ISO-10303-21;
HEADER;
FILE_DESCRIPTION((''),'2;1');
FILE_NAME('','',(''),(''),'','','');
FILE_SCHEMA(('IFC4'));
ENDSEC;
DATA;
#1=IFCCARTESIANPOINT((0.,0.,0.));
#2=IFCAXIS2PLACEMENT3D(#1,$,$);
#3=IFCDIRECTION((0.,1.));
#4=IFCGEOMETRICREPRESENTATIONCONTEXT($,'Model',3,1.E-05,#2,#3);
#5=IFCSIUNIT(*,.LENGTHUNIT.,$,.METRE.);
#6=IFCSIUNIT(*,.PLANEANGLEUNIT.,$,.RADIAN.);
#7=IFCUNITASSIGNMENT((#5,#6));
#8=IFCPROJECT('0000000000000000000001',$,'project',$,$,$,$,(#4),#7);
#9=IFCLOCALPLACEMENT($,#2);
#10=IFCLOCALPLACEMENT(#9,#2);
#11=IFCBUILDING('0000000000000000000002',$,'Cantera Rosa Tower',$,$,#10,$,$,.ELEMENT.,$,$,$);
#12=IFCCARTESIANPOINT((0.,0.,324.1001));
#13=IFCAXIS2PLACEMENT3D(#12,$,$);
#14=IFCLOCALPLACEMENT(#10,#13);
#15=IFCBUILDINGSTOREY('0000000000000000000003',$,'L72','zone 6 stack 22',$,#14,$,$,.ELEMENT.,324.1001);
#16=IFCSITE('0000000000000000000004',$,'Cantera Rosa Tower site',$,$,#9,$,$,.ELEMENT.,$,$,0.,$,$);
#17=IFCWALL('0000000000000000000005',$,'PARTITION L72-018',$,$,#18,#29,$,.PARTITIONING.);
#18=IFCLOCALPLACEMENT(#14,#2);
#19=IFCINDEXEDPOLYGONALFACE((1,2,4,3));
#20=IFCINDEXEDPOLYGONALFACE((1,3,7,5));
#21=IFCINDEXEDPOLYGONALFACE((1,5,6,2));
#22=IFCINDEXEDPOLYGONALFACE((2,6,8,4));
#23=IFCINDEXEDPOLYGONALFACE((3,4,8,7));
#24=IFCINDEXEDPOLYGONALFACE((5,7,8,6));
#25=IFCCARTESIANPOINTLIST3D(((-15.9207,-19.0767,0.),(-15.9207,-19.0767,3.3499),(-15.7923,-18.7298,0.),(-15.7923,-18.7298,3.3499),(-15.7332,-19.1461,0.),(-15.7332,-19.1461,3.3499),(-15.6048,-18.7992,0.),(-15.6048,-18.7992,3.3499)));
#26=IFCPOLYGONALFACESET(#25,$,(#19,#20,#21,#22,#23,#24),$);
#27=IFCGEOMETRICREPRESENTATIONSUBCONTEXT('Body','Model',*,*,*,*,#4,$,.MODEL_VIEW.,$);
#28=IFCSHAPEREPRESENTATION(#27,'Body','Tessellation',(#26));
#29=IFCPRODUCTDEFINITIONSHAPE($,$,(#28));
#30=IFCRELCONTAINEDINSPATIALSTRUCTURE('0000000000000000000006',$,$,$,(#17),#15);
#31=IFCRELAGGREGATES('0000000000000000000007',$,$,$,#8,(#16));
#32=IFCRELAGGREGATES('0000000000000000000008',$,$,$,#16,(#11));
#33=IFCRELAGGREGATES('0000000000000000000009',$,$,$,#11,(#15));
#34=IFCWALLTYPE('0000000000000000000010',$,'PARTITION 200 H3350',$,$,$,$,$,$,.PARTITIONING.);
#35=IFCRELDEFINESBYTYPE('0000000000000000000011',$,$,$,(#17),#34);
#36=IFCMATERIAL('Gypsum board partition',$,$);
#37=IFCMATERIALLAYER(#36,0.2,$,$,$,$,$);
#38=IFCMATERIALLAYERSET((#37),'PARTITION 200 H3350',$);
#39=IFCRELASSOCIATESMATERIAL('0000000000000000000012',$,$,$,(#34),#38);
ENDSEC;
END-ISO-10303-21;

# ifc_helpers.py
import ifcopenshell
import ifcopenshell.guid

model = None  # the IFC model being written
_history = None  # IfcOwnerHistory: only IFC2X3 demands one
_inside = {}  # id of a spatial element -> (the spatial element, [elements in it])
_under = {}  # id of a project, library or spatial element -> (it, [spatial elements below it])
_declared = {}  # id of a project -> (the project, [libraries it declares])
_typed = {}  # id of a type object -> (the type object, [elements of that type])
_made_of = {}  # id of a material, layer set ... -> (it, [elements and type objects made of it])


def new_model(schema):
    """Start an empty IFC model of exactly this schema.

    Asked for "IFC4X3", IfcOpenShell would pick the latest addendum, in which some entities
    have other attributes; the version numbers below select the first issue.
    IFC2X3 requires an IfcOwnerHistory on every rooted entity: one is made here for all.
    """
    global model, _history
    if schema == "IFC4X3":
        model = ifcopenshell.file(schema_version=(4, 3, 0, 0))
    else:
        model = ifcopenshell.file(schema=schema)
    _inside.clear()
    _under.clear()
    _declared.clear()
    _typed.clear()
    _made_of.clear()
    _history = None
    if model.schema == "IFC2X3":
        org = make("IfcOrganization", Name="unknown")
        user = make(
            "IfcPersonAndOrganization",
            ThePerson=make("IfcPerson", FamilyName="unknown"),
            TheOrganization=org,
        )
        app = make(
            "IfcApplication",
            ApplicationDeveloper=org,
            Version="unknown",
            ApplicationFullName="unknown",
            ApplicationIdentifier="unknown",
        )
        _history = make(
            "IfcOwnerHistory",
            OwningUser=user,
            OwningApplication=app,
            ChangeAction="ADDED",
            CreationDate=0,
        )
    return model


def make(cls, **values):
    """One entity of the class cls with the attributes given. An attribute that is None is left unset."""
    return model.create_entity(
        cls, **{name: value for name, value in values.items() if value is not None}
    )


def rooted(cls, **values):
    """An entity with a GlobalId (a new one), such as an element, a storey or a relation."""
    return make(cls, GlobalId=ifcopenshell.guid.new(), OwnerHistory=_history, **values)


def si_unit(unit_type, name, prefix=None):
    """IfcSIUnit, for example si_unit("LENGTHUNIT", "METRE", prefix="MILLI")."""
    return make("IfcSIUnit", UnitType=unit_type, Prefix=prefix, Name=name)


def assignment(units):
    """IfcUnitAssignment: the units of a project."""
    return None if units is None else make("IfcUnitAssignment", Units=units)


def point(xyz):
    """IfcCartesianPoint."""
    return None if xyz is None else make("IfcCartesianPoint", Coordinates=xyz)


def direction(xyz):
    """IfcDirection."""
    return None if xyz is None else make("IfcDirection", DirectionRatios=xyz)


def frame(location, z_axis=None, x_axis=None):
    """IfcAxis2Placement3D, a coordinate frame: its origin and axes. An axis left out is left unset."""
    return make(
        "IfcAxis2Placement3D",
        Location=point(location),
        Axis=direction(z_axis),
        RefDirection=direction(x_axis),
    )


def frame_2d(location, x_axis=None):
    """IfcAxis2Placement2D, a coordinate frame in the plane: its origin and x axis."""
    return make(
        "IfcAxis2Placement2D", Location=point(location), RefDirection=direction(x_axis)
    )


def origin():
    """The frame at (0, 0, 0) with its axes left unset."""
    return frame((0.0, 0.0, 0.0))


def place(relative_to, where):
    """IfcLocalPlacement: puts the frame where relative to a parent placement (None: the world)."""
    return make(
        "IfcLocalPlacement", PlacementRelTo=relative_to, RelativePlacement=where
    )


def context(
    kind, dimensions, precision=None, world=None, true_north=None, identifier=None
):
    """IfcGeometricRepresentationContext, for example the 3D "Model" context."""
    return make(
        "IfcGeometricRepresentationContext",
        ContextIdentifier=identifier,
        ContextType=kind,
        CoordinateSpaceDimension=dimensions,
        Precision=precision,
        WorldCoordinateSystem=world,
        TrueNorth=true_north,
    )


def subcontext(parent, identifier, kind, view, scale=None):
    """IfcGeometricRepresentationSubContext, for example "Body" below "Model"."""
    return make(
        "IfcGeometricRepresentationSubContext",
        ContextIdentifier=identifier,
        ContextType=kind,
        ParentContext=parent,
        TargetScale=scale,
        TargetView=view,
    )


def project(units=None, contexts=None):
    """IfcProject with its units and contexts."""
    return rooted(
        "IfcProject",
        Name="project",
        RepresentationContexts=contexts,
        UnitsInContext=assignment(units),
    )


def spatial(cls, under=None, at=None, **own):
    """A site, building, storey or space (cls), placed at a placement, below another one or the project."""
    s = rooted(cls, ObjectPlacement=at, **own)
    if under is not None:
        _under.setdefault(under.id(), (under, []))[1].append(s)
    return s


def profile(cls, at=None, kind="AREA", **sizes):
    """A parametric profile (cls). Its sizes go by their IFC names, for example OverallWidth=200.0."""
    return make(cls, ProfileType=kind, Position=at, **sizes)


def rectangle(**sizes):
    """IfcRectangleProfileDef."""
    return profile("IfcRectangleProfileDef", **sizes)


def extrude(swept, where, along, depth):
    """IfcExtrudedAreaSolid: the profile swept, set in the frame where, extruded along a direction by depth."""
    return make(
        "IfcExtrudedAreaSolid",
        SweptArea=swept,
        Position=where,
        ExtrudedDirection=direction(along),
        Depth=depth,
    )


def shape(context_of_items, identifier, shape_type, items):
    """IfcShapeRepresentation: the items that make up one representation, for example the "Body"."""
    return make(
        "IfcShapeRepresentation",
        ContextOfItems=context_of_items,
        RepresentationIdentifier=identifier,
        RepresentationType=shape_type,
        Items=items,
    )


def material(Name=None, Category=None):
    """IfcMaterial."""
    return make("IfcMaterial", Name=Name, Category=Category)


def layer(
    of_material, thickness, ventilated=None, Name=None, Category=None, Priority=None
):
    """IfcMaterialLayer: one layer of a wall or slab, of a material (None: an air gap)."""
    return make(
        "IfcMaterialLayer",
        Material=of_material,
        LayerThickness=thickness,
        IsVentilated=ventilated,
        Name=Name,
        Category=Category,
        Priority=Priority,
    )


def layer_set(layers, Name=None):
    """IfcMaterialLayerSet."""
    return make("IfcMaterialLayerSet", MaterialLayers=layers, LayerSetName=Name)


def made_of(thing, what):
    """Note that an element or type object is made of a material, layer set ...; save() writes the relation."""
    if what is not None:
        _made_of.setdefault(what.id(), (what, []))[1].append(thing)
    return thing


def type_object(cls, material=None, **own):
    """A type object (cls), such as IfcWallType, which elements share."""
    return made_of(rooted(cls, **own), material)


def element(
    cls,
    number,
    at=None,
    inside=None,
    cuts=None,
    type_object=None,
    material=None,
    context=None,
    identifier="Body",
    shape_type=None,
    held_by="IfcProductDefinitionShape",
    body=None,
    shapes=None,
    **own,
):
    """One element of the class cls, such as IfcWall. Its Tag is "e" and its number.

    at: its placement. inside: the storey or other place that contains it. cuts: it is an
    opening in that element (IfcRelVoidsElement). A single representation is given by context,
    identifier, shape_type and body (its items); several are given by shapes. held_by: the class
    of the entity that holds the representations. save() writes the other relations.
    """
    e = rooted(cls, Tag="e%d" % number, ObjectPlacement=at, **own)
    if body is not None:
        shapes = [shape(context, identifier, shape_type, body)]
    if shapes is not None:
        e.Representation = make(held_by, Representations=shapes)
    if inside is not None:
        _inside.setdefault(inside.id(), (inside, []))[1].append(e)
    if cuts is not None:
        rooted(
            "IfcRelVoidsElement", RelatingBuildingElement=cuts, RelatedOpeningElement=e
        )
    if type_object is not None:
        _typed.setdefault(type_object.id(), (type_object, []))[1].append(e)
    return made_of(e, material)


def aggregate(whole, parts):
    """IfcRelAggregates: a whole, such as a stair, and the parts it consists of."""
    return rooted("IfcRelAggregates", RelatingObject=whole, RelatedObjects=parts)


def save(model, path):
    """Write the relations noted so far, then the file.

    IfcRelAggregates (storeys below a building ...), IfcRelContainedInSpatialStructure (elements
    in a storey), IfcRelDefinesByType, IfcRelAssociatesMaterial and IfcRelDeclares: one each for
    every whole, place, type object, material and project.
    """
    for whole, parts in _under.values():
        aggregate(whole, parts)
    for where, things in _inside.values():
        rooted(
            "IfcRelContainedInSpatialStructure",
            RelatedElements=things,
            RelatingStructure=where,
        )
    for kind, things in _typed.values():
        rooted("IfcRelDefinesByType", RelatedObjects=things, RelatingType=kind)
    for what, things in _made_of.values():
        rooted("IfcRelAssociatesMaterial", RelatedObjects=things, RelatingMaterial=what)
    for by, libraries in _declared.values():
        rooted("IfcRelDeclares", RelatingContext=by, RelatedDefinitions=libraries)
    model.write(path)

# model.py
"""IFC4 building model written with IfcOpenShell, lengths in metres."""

from ifc_helpers import new_model, si_unit, direction, frame, frame_2d, origin, place, context, subcontext, project, spatial, rectangle, extrude, material, layer, layer_set, type_object, element, save


model = new_model("IFC4")

# Units and contexts
model_context = context("Model", 3, precision=1e-05, world=origin(), true_north=direction((0.0, 1.0)))
body_context = subcontext(model_context, "Body", "Model", "MODEL_VIEW")
ifc_project = project(units=[si_unit("LENGTHUNIT", "METRE"), si_unit("PLANEANGLEUNIT", "RADIAN")], contexts=[model_context])

# Site, building, storey
site_placement = place(None, origin())
site = spatial("IfcSite", under=ifc_project, at=site_placement, Name="Cantera Rosa Tower site", CompositionType="ELEMENT", RefElevation=0.0)
building_placement = place(site_placement, origin())
building = spatial("IfcBuilding", under=site, at=building_placement, Name="Cantera Rosa Tower", CompositionType="ELEMENT")
storey_placement = place(building_placement, frame((0.0, 0.0, 324.1001)))
storey = spatial("IfcBuildingStorey", under=building, at=storey_placement, Name="L72", Description="zone 6 stack 22", CompositionType="ELEMENT", Elevation=324.1001)

# Wall
ifc_material_1 = material(Name="Gypsum board partition")
ifc_layer_1 = layer(ifc_material_1, 0.2)
ifc_layer_set_1 = layer_set([ifc_layer_1], Name="PARTITION 200 H3350")
wall_type_1 = type_object("IfcWallType", Name="PARTITION 200 H3350", PredefinedType="PARTITIONING", material=ifc_layer_set_1)
wall_1_placement = place(storey_placement, frame((-15.6985, -18.7644, 0.0), z_axis=(0.0, 0.0, 1.0), x_axis=(-0.347142, -0.937812, 0.0)))
element("IfcWall", 1, at=wall_1_placement, inside=storey, type_object=wall_type_1, Name="PARTITION L72-018", PredefinedType="PARTITIONING", context=body_context, shape_type="SweptSolid", body=[
    extrude(rectangle(XDim=0.3699, YDim=0.2, at=frame_2d((0.1851, 0.0))), origin(), (0.0, 0.0, 1.0), 3.3499),
])

save(model, "model.ifc")
